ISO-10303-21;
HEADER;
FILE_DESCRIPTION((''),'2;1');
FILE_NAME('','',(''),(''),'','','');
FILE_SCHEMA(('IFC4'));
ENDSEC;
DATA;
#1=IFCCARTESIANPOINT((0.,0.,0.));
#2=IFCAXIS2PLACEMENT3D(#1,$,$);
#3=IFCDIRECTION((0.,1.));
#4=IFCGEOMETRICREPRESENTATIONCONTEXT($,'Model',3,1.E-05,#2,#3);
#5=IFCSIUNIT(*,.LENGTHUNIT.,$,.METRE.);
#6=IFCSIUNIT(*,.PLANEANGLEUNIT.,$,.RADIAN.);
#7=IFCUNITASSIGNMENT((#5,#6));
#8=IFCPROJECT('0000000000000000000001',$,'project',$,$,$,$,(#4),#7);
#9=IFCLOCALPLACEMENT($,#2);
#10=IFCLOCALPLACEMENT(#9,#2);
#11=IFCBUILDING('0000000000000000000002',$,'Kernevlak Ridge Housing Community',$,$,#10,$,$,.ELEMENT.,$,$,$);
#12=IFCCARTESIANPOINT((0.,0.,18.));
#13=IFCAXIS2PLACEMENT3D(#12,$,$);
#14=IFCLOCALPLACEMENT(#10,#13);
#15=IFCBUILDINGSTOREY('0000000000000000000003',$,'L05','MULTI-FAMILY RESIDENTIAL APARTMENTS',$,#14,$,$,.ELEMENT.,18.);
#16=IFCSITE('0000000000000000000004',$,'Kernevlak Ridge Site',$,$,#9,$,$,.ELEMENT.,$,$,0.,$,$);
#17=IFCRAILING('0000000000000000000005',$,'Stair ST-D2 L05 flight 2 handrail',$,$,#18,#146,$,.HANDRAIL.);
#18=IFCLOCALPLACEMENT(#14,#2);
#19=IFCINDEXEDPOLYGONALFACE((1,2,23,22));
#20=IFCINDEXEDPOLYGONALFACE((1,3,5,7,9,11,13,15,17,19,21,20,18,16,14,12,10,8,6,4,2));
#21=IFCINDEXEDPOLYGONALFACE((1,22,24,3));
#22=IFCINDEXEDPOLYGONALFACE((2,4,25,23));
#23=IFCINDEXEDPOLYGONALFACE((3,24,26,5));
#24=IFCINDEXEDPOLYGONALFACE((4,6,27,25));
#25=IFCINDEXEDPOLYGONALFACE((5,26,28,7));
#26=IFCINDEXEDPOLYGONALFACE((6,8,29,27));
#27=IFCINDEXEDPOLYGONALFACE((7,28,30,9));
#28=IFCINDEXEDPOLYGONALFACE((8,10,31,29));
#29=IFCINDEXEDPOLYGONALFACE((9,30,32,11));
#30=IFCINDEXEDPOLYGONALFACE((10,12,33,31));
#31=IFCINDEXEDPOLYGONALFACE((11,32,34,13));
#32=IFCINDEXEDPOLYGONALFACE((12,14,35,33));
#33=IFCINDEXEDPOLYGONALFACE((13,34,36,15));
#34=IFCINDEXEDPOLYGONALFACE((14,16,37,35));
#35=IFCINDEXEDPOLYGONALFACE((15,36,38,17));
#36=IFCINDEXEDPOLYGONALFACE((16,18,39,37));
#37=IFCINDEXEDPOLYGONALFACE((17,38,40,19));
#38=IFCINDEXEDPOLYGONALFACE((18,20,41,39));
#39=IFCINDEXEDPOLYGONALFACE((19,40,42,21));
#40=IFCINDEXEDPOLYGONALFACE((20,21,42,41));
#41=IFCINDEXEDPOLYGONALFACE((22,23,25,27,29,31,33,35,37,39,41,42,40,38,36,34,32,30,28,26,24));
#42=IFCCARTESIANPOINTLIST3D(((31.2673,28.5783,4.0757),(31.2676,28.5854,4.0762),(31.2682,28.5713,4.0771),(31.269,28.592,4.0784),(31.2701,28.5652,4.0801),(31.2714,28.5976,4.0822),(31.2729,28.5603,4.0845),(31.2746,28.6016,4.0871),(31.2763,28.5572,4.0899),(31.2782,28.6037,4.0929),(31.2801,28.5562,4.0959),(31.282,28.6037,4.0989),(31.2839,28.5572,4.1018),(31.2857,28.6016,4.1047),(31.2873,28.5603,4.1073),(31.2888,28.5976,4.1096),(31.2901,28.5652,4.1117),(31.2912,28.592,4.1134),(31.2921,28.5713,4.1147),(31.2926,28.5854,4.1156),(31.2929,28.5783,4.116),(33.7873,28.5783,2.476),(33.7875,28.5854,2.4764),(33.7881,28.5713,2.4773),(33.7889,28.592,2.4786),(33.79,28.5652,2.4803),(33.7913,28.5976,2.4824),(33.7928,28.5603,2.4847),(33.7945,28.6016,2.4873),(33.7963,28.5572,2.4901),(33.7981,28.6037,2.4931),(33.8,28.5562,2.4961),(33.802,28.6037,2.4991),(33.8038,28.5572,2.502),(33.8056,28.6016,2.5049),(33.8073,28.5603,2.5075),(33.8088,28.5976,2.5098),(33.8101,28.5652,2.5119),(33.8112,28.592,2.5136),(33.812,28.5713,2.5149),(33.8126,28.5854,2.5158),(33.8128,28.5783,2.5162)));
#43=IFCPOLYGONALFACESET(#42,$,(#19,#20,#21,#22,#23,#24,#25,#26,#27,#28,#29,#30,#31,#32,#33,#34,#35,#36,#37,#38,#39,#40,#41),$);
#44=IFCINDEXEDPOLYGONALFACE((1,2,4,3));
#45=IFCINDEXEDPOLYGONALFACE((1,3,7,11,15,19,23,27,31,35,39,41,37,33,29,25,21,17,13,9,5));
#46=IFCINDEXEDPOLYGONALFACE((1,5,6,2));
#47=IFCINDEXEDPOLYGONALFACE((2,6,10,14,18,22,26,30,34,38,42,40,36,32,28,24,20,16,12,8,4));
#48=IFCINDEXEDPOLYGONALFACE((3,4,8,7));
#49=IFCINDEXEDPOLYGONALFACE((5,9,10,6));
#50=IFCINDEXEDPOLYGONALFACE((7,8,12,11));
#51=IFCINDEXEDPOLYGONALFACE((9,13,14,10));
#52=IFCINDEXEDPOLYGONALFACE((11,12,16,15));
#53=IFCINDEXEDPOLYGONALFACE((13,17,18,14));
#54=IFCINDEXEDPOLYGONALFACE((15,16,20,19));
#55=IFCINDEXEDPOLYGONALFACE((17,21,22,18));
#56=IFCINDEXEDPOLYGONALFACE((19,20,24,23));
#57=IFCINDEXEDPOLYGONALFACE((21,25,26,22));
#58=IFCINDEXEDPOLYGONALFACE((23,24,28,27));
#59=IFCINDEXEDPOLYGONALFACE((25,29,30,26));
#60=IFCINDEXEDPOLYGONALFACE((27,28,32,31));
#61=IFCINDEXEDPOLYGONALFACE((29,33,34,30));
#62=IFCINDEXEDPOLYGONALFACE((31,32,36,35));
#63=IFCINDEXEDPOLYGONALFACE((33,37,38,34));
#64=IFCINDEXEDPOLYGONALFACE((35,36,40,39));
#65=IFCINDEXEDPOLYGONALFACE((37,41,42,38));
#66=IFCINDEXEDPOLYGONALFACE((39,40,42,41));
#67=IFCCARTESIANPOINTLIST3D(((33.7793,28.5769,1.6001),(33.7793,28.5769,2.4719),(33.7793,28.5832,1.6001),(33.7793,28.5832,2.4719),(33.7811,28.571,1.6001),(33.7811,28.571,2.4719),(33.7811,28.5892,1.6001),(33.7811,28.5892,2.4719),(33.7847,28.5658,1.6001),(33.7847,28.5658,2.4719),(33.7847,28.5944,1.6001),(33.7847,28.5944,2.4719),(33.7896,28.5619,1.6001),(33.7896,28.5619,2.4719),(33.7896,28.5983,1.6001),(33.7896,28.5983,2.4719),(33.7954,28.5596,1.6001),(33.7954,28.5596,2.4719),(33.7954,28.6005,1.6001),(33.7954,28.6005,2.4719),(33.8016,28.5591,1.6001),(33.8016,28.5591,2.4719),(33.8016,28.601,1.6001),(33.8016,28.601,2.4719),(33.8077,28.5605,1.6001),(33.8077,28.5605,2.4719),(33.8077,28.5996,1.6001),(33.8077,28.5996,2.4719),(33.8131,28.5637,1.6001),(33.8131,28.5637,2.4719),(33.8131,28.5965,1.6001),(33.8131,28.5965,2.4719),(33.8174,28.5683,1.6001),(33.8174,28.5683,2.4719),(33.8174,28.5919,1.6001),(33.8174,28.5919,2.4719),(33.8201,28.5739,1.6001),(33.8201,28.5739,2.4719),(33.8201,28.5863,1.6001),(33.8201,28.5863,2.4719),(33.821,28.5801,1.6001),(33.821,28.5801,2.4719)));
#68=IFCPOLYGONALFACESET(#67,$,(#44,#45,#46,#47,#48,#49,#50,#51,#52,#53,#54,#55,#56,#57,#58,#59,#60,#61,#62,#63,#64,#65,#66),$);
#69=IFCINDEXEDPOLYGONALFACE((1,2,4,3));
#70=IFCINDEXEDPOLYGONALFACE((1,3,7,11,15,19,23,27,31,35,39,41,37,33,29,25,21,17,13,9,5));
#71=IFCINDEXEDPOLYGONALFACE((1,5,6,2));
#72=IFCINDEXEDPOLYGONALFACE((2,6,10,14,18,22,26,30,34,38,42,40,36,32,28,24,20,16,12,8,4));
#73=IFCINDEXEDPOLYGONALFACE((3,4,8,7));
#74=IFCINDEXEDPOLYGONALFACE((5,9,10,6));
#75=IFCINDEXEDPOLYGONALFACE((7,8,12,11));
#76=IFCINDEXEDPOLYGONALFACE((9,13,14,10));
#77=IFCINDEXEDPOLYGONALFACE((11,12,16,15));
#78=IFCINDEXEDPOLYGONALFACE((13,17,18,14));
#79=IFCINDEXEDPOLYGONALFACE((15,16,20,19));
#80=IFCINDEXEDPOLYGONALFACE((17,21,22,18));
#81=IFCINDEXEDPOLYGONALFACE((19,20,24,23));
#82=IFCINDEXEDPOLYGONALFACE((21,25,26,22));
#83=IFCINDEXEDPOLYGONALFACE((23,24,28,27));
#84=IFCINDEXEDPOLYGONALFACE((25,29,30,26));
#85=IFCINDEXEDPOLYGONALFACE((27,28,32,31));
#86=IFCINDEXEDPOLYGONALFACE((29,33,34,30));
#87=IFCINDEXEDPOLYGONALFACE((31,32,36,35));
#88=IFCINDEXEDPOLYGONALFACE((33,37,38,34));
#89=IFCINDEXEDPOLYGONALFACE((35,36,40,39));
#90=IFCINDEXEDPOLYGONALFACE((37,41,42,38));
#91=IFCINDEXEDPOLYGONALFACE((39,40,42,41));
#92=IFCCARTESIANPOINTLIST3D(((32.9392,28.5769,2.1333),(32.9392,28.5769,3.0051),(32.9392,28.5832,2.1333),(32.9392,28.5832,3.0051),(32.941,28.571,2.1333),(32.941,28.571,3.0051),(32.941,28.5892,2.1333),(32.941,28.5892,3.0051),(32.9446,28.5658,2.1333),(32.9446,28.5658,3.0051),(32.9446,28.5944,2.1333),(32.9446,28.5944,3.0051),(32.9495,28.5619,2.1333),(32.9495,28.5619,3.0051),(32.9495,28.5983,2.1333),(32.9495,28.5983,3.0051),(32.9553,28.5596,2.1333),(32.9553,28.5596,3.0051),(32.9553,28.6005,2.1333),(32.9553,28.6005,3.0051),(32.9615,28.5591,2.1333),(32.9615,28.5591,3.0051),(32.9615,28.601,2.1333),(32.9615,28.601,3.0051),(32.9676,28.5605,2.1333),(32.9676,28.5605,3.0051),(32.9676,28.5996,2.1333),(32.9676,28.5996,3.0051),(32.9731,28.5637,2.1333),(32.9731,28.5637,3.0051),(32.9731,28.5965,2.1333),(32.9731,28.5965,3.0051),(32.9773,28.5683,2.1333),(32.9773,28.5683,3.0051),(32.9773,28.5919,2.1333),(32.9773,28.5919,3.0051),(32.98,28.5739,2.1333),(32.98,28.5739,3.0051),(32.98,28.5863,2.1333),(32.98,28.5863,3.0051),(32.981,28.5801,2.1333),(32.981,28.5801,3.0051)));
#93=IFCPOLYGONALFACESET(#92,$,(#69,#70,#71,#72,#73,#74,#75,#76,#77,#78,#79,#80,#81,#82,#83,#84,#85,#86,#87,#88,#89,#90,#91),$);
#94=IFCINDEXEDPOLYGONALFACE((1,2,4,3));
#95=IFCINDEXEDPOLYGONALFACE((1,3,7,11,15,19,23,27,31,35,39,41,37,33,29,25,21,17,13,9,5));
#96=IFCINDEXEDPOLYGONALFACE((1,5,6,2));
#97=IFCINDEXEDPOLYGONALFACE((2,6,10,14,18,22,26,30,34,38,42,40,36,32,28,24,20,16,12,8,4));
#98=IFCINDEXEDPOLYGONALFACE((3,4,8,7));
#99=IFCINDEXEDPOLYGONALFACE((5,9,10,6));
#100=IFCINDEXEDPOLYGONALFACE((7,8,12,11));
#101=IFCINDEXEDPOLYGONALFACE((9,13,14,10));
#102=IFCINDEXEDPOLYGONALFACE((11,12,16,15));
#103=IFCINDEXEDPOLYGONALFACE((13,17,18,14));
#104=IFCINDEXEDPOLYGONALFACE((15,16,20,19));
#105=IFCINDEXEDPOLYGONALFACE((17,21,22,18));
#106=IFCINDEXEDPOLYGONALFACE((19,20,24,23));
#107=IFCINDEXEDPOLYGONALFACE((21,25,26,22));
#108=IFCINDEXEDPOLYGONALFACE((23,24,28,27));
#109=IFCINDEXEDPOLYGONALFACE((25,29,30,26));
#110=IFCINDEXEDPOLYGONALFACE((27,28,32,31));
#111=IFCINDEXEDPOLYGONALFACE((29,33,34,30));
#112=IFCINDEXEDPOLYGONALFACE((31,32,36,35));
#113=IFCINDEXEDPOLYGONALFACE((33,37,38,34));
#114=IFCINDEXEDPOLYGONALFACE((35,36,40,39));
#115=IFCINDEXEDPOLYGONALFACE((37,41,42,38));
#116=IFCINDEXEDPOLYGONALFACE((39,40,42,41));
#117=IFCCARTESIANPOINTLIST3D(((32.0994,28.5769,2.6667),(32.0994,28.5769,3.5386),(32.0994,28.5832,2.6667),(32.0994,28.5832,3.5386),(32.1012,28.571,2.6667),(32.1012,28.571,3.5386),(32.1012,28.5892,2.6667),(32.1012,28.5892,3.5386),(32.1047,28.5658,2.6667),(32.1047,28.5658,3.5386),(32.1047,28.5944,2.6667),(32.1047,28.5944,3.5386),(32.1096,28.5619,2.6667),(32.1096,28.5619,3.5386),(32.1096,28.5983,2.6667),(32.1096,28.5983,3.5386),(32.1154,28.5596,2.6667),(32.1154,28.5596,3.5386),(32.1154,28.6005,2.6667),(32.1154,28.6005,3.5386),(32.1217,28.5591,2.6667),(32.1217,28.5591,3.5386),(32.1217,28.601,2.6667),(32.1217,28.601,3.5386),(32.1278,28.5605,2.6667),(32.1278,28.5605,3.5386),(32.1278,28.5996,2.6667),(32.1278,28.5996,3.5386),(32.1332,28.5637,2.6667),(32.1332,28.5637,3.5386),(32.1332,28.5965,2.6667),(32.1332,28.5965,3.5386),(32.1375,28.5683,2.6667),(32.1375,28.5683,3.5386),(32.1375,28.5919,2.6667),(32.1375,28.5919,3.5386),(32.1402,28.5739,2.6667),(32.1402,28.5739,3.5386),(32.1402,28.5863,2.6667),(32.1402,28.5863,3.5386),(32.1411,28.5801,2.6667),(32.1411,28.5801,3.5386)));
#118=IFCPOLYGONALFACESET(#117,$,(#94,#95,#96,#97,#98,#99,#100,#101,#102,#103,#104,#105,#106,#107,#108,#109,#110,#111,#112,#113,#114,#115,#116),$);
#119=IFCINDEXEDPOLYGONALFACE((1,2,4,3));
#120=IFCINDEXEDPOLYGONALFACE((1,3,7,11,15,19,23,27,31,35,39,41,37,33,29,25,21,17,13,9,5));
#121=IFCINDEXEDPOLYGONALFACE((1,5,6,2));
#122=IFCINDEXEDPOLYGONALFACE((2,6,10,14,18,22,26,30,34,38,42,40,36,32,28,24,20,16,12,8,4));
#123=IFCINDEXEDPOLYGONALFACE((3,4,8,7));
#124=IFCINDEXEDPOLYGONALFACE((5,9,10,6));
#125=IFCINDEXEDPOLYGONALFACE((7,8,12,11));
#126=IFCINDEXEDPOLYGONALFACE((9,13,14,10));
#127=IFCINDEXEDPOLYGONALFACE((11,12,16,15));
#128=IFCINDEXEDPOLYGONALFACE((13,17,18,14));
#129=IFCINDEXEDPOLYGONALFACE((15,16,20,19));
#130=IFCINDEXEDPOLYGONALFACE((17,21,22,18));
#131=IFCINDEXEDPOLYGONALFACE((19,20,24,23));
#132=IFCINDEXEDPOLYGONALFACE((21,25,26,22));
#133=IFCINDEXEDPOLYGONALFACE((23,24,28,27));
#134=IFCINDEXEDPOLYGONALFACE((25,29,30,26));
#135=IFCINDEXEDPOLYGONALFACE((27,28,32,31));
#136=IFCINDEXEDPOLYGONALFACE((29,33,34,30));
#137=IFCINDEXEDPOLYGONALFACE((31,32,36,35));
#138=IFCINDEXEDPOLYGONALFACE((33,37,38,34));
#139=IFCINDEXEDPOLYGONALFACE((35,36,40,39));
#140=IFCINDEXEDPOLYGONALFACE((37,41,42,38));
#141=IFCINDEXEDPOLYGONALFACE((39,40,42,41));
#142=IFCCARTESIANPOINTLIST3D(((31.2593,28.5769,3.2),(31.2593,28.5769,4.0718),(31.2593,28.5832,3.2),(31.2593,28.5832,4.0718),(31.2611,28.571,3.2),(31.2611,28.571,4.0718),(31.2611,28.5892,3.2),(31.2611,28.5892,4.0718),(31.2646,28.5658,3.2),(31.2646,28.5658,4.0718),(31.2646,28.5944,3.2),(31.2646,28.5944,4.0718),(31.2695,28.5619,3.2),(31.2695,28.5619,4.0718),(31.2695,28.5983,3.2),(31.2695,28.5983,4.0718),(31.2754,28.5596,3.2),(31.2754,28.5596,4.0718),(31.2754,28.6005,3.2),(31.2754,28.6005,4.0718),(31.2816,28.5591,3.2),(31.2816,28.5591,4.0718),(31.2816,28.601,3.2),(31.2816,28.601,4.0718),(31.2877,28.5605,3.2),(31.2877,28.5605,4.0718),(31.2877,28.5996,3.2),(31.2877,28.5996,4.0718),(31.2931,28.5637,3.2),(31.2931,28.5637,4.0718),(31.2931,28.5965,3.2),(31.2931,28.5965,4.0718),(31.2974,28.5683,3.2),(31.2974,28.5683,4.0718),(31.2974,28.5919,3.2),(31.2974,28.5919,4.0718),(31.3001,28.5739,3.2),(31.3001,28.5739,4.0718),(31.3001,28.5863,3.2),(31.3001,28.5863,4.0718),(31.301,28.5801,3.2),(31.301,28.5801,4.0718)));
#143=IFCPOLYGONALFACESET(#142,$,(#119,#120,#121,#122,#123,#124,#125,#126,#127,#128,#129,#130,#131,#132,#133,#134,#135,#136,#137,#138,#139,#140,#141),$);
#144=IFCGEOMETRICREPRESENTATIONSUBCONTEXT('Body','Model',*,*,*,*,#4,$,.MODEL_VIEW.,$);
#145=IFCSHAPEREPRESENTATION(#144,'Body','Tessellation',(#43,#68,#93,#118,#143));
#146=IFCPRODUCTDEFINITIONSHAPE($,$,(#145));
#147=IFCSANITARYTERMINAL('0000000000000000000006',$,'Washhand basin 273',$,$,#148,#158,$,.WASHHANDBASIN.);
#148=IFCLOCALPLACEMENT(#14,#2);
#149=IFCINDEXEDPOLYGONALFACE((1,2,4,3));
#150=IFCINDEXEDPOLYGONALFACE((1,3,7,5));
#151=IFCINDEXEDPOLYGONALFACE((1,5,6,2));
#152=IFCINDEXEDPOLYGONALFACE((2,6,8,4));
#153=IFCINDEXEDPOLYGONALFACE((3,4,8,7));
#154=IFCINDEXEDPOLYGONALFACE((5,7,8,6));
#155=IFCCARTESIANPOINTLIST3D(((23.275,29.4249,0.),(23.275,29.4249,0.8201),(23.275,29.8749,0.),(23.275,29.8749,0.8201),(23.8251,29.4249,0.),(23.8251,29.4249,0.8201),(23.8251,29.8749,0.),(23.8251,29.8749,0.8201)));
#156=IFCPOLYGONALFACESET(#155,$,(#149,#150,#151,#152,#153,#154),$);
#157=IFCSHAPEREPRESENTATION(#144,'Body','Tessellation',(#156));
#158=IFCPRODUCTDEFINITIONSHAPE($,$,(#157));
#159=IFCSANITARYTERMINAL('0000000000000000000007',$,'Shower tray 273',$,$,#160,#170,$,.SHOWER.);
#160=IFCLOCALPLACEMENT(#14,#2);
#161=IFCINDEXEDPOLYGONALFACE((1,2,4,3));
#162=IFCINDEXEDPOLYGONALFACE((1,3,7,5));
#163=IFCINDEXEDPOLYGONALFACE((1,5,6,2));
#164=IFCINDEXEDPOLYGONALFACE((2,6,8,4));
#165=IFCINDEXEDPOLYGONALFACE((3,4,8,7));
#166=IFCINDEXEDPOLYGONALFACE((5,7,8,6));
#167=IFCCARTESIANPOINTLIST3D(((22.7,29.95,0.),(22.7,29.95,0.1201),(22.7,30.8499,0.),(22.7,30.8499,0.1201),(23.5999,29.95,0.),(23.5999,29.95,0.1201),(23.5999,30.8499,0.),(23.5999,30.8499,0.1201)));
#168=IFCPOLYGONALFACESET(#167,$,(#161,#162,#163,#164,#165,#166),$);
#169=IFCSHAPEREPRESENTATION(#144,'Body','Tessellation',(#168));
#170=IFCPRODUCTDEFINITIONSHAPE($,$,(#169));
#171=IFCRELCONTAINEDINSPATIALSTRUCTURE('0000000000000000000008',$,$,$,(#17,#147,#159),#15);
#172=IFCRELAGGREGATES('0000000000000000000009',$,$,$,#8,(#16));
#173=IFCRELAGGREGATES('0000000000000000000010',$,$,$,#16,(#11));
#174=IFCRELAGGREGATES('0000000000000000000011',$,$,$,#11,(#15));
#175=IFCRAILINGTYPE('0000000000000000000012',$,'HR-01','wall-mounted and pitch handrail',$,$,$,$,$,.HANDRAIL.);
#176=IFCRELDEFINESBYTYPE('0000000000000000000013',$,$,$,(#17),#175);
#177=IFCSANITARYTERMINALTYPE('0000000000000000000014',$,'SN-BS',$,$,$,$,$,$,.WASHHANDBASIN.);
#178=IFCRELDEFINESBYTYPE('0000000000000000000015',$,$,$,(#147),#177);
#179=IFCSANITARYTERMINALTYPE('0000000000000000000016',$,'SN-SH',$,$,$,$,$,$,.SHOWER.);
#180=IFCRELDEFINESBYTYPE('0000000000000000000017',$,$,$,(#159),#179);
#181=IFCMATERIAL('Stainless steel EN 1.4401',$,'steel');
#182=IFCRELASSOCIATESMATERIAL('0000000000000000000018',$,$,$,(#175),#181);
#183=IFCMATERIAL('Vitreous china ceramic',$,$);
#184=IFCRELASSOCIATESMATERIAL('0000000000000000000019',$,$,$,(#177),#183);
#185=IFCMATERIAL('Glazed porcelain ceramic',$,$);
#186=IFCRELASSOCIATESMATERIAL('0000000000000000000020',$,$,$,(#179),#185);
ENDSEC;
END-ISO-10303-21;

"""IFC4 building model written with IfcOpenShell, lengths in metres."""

from ifc_helpers import new_model, si_unit, direction, frame, origin, origin_2d, place, context, subcontext, project, spatial, rectangle, circle, extrude, material, type_object, element, save


model = new_model("IFC4")

# Units and contexts
model_context = context("Model", 3, precision=1e-05, world=origin(), true_north=direction((0.0, 1.0)))
body_context = subcontext(model_context, "Body", "Model", "MODEL_VIEW")
ifc_project = project(units=[si_unit("LENGTHUNIT", "METRE"), si_unit("PLANEANGLEUNIT", "RADIAN")], contexts=[model_context])

# Site, building, storey
site_placement = place(None, origin())
site = spatial("IfcSite", under=ifc_project, at=site_placement, Name="Kernevlak Ridge Site", CompositionType="ELEMENT", RefElevation=0.0)
building_placement = place(site_placement, origin())
building = spatial("IfcBuilding", under=site, at=building_placement, Name="Kernevlak Ridge Housing Community", CompositionType="ELEMENT")
storey_placement = place(building_placement, frame((0.0, 0.0, 18.0)))
storey = spatial("IfcBuildingStorey", under=building, at=storey_placement, Name="L05", Description="MULTI-FAMILY RESIDENTIAL APARTMENTS", CompositionType="ELEMENT", Elevation=18.0)

# Railing
ifc_material_1 = material(Name="Stainless steel EN 1.4401", Category="steel")
railing_type_1 = type_object("IfcRailingType", Name="HR-01", Description="wall-mounted and pitch handrail", PredefinedType="HANDRAIL", material=ifc_material_1)
railing_1_placement = place(storey_placement, frame((33.8, 28.5801, 1.6001)))
element("IfcRailing", 1, at=railing_1_placement, inside=storey, type_object=railing_type_1, Name="Stair ST-D2 L05 flight 2 handrail", PredefinedType="HANDRAIL", context=body_context, shape_type="SweptSolid", body=[
    extrude(circle(Radius=0.0239, at=origin_2d()), frame((0.0, 0.0, 0.896), z_axis=(-0.844237, 0.0, 0.53597), x_axis=(0.0, -1.0, 0.0)), (0.0, 0.0, 1.0), 2.9849),
    extrude(circle(Radius=0.021, at=origin_2d()), origin(), (0.0, 0.0, 1.0), 0.8718),
    extrude(circle(Radius=0.021, at=origin_2d()), frame((-0.8401, 0.0, 0.5332)), (0.0, 0.0, 1.0), 0.8718),
    extrude(circle(Radius=0.021, at=origin_2d()), frame((-1.6799, 0.0, 1.0667)), (0.0, 0.0, 1.0), 0.8718),
    extrude(circle(Radius=0.021, at=origin_2d()), frame((-2.52, 0.0, 1.5999)), (0.0, 0.0, 1.0), 0.8718),
])

# Sanitary terminals
ifc_material_2 = material(Name="Vitreous china ceramic")
sanitary_terminal_type_1 = type_object("IfcSanitaryTerminalType", Name="SN-BS", PredefinedType="WASHHANDBASIN", material=ifc_material_2)
sanitary_terminal_1_placement = place(storey_placement, frame((23.55, 29.6499, 0.0), z_axis=(0.0, 0.0, 1.0), x_axis=(1.0, 0.0, 0.0)))
element("IfcSanitaryTerminal", 2, at=sanitary_terminal_1_placement, inside=storey, type_object=sanitary_terminal_type_1, Name="Washhand basin 273", PredefinedType="WASHHANDBASIN", context=body_context, shape_type="SweptSolid", body=[
    extrude(rectangle(XDim=0.55, YDim=0.45, at=origin_2d()), origin(), (0.0, 0.0, 1.0), 0.8201),
])
ifc_material_3 = material(Name="Glazed porcelain ceramic")
sanitary_terminal_type_2 = type_object("IfcSanitaryTerminalType", Name="SN-SH", PredefinedType="SHOWER", material=ifc_material_3)
sanitary_terminal_2_placement = place(storey_placement, frame((23.1499, 30.3999, 0.0), z_axis=(0.0, 0.0, 1.0), x_axis=(1.0, 0.0, 0.0)))
element("IfcSanitaryTerminal", 3, at=sanitary_terminal_2_placement, inside=storey, type_object=sanitary_terminal_type_2, Name="Shower tray 273", PredefinedType="SHOWER", context=body_context, shape_type="SweptSolid", body=[
    extrude(rectangle(XDim=0.8999, YDim=0.8999, at=origin_2d()), origin(), (0.0, 0.0, 1.0), 0.1201),
])

save(model, "model.ifc")
